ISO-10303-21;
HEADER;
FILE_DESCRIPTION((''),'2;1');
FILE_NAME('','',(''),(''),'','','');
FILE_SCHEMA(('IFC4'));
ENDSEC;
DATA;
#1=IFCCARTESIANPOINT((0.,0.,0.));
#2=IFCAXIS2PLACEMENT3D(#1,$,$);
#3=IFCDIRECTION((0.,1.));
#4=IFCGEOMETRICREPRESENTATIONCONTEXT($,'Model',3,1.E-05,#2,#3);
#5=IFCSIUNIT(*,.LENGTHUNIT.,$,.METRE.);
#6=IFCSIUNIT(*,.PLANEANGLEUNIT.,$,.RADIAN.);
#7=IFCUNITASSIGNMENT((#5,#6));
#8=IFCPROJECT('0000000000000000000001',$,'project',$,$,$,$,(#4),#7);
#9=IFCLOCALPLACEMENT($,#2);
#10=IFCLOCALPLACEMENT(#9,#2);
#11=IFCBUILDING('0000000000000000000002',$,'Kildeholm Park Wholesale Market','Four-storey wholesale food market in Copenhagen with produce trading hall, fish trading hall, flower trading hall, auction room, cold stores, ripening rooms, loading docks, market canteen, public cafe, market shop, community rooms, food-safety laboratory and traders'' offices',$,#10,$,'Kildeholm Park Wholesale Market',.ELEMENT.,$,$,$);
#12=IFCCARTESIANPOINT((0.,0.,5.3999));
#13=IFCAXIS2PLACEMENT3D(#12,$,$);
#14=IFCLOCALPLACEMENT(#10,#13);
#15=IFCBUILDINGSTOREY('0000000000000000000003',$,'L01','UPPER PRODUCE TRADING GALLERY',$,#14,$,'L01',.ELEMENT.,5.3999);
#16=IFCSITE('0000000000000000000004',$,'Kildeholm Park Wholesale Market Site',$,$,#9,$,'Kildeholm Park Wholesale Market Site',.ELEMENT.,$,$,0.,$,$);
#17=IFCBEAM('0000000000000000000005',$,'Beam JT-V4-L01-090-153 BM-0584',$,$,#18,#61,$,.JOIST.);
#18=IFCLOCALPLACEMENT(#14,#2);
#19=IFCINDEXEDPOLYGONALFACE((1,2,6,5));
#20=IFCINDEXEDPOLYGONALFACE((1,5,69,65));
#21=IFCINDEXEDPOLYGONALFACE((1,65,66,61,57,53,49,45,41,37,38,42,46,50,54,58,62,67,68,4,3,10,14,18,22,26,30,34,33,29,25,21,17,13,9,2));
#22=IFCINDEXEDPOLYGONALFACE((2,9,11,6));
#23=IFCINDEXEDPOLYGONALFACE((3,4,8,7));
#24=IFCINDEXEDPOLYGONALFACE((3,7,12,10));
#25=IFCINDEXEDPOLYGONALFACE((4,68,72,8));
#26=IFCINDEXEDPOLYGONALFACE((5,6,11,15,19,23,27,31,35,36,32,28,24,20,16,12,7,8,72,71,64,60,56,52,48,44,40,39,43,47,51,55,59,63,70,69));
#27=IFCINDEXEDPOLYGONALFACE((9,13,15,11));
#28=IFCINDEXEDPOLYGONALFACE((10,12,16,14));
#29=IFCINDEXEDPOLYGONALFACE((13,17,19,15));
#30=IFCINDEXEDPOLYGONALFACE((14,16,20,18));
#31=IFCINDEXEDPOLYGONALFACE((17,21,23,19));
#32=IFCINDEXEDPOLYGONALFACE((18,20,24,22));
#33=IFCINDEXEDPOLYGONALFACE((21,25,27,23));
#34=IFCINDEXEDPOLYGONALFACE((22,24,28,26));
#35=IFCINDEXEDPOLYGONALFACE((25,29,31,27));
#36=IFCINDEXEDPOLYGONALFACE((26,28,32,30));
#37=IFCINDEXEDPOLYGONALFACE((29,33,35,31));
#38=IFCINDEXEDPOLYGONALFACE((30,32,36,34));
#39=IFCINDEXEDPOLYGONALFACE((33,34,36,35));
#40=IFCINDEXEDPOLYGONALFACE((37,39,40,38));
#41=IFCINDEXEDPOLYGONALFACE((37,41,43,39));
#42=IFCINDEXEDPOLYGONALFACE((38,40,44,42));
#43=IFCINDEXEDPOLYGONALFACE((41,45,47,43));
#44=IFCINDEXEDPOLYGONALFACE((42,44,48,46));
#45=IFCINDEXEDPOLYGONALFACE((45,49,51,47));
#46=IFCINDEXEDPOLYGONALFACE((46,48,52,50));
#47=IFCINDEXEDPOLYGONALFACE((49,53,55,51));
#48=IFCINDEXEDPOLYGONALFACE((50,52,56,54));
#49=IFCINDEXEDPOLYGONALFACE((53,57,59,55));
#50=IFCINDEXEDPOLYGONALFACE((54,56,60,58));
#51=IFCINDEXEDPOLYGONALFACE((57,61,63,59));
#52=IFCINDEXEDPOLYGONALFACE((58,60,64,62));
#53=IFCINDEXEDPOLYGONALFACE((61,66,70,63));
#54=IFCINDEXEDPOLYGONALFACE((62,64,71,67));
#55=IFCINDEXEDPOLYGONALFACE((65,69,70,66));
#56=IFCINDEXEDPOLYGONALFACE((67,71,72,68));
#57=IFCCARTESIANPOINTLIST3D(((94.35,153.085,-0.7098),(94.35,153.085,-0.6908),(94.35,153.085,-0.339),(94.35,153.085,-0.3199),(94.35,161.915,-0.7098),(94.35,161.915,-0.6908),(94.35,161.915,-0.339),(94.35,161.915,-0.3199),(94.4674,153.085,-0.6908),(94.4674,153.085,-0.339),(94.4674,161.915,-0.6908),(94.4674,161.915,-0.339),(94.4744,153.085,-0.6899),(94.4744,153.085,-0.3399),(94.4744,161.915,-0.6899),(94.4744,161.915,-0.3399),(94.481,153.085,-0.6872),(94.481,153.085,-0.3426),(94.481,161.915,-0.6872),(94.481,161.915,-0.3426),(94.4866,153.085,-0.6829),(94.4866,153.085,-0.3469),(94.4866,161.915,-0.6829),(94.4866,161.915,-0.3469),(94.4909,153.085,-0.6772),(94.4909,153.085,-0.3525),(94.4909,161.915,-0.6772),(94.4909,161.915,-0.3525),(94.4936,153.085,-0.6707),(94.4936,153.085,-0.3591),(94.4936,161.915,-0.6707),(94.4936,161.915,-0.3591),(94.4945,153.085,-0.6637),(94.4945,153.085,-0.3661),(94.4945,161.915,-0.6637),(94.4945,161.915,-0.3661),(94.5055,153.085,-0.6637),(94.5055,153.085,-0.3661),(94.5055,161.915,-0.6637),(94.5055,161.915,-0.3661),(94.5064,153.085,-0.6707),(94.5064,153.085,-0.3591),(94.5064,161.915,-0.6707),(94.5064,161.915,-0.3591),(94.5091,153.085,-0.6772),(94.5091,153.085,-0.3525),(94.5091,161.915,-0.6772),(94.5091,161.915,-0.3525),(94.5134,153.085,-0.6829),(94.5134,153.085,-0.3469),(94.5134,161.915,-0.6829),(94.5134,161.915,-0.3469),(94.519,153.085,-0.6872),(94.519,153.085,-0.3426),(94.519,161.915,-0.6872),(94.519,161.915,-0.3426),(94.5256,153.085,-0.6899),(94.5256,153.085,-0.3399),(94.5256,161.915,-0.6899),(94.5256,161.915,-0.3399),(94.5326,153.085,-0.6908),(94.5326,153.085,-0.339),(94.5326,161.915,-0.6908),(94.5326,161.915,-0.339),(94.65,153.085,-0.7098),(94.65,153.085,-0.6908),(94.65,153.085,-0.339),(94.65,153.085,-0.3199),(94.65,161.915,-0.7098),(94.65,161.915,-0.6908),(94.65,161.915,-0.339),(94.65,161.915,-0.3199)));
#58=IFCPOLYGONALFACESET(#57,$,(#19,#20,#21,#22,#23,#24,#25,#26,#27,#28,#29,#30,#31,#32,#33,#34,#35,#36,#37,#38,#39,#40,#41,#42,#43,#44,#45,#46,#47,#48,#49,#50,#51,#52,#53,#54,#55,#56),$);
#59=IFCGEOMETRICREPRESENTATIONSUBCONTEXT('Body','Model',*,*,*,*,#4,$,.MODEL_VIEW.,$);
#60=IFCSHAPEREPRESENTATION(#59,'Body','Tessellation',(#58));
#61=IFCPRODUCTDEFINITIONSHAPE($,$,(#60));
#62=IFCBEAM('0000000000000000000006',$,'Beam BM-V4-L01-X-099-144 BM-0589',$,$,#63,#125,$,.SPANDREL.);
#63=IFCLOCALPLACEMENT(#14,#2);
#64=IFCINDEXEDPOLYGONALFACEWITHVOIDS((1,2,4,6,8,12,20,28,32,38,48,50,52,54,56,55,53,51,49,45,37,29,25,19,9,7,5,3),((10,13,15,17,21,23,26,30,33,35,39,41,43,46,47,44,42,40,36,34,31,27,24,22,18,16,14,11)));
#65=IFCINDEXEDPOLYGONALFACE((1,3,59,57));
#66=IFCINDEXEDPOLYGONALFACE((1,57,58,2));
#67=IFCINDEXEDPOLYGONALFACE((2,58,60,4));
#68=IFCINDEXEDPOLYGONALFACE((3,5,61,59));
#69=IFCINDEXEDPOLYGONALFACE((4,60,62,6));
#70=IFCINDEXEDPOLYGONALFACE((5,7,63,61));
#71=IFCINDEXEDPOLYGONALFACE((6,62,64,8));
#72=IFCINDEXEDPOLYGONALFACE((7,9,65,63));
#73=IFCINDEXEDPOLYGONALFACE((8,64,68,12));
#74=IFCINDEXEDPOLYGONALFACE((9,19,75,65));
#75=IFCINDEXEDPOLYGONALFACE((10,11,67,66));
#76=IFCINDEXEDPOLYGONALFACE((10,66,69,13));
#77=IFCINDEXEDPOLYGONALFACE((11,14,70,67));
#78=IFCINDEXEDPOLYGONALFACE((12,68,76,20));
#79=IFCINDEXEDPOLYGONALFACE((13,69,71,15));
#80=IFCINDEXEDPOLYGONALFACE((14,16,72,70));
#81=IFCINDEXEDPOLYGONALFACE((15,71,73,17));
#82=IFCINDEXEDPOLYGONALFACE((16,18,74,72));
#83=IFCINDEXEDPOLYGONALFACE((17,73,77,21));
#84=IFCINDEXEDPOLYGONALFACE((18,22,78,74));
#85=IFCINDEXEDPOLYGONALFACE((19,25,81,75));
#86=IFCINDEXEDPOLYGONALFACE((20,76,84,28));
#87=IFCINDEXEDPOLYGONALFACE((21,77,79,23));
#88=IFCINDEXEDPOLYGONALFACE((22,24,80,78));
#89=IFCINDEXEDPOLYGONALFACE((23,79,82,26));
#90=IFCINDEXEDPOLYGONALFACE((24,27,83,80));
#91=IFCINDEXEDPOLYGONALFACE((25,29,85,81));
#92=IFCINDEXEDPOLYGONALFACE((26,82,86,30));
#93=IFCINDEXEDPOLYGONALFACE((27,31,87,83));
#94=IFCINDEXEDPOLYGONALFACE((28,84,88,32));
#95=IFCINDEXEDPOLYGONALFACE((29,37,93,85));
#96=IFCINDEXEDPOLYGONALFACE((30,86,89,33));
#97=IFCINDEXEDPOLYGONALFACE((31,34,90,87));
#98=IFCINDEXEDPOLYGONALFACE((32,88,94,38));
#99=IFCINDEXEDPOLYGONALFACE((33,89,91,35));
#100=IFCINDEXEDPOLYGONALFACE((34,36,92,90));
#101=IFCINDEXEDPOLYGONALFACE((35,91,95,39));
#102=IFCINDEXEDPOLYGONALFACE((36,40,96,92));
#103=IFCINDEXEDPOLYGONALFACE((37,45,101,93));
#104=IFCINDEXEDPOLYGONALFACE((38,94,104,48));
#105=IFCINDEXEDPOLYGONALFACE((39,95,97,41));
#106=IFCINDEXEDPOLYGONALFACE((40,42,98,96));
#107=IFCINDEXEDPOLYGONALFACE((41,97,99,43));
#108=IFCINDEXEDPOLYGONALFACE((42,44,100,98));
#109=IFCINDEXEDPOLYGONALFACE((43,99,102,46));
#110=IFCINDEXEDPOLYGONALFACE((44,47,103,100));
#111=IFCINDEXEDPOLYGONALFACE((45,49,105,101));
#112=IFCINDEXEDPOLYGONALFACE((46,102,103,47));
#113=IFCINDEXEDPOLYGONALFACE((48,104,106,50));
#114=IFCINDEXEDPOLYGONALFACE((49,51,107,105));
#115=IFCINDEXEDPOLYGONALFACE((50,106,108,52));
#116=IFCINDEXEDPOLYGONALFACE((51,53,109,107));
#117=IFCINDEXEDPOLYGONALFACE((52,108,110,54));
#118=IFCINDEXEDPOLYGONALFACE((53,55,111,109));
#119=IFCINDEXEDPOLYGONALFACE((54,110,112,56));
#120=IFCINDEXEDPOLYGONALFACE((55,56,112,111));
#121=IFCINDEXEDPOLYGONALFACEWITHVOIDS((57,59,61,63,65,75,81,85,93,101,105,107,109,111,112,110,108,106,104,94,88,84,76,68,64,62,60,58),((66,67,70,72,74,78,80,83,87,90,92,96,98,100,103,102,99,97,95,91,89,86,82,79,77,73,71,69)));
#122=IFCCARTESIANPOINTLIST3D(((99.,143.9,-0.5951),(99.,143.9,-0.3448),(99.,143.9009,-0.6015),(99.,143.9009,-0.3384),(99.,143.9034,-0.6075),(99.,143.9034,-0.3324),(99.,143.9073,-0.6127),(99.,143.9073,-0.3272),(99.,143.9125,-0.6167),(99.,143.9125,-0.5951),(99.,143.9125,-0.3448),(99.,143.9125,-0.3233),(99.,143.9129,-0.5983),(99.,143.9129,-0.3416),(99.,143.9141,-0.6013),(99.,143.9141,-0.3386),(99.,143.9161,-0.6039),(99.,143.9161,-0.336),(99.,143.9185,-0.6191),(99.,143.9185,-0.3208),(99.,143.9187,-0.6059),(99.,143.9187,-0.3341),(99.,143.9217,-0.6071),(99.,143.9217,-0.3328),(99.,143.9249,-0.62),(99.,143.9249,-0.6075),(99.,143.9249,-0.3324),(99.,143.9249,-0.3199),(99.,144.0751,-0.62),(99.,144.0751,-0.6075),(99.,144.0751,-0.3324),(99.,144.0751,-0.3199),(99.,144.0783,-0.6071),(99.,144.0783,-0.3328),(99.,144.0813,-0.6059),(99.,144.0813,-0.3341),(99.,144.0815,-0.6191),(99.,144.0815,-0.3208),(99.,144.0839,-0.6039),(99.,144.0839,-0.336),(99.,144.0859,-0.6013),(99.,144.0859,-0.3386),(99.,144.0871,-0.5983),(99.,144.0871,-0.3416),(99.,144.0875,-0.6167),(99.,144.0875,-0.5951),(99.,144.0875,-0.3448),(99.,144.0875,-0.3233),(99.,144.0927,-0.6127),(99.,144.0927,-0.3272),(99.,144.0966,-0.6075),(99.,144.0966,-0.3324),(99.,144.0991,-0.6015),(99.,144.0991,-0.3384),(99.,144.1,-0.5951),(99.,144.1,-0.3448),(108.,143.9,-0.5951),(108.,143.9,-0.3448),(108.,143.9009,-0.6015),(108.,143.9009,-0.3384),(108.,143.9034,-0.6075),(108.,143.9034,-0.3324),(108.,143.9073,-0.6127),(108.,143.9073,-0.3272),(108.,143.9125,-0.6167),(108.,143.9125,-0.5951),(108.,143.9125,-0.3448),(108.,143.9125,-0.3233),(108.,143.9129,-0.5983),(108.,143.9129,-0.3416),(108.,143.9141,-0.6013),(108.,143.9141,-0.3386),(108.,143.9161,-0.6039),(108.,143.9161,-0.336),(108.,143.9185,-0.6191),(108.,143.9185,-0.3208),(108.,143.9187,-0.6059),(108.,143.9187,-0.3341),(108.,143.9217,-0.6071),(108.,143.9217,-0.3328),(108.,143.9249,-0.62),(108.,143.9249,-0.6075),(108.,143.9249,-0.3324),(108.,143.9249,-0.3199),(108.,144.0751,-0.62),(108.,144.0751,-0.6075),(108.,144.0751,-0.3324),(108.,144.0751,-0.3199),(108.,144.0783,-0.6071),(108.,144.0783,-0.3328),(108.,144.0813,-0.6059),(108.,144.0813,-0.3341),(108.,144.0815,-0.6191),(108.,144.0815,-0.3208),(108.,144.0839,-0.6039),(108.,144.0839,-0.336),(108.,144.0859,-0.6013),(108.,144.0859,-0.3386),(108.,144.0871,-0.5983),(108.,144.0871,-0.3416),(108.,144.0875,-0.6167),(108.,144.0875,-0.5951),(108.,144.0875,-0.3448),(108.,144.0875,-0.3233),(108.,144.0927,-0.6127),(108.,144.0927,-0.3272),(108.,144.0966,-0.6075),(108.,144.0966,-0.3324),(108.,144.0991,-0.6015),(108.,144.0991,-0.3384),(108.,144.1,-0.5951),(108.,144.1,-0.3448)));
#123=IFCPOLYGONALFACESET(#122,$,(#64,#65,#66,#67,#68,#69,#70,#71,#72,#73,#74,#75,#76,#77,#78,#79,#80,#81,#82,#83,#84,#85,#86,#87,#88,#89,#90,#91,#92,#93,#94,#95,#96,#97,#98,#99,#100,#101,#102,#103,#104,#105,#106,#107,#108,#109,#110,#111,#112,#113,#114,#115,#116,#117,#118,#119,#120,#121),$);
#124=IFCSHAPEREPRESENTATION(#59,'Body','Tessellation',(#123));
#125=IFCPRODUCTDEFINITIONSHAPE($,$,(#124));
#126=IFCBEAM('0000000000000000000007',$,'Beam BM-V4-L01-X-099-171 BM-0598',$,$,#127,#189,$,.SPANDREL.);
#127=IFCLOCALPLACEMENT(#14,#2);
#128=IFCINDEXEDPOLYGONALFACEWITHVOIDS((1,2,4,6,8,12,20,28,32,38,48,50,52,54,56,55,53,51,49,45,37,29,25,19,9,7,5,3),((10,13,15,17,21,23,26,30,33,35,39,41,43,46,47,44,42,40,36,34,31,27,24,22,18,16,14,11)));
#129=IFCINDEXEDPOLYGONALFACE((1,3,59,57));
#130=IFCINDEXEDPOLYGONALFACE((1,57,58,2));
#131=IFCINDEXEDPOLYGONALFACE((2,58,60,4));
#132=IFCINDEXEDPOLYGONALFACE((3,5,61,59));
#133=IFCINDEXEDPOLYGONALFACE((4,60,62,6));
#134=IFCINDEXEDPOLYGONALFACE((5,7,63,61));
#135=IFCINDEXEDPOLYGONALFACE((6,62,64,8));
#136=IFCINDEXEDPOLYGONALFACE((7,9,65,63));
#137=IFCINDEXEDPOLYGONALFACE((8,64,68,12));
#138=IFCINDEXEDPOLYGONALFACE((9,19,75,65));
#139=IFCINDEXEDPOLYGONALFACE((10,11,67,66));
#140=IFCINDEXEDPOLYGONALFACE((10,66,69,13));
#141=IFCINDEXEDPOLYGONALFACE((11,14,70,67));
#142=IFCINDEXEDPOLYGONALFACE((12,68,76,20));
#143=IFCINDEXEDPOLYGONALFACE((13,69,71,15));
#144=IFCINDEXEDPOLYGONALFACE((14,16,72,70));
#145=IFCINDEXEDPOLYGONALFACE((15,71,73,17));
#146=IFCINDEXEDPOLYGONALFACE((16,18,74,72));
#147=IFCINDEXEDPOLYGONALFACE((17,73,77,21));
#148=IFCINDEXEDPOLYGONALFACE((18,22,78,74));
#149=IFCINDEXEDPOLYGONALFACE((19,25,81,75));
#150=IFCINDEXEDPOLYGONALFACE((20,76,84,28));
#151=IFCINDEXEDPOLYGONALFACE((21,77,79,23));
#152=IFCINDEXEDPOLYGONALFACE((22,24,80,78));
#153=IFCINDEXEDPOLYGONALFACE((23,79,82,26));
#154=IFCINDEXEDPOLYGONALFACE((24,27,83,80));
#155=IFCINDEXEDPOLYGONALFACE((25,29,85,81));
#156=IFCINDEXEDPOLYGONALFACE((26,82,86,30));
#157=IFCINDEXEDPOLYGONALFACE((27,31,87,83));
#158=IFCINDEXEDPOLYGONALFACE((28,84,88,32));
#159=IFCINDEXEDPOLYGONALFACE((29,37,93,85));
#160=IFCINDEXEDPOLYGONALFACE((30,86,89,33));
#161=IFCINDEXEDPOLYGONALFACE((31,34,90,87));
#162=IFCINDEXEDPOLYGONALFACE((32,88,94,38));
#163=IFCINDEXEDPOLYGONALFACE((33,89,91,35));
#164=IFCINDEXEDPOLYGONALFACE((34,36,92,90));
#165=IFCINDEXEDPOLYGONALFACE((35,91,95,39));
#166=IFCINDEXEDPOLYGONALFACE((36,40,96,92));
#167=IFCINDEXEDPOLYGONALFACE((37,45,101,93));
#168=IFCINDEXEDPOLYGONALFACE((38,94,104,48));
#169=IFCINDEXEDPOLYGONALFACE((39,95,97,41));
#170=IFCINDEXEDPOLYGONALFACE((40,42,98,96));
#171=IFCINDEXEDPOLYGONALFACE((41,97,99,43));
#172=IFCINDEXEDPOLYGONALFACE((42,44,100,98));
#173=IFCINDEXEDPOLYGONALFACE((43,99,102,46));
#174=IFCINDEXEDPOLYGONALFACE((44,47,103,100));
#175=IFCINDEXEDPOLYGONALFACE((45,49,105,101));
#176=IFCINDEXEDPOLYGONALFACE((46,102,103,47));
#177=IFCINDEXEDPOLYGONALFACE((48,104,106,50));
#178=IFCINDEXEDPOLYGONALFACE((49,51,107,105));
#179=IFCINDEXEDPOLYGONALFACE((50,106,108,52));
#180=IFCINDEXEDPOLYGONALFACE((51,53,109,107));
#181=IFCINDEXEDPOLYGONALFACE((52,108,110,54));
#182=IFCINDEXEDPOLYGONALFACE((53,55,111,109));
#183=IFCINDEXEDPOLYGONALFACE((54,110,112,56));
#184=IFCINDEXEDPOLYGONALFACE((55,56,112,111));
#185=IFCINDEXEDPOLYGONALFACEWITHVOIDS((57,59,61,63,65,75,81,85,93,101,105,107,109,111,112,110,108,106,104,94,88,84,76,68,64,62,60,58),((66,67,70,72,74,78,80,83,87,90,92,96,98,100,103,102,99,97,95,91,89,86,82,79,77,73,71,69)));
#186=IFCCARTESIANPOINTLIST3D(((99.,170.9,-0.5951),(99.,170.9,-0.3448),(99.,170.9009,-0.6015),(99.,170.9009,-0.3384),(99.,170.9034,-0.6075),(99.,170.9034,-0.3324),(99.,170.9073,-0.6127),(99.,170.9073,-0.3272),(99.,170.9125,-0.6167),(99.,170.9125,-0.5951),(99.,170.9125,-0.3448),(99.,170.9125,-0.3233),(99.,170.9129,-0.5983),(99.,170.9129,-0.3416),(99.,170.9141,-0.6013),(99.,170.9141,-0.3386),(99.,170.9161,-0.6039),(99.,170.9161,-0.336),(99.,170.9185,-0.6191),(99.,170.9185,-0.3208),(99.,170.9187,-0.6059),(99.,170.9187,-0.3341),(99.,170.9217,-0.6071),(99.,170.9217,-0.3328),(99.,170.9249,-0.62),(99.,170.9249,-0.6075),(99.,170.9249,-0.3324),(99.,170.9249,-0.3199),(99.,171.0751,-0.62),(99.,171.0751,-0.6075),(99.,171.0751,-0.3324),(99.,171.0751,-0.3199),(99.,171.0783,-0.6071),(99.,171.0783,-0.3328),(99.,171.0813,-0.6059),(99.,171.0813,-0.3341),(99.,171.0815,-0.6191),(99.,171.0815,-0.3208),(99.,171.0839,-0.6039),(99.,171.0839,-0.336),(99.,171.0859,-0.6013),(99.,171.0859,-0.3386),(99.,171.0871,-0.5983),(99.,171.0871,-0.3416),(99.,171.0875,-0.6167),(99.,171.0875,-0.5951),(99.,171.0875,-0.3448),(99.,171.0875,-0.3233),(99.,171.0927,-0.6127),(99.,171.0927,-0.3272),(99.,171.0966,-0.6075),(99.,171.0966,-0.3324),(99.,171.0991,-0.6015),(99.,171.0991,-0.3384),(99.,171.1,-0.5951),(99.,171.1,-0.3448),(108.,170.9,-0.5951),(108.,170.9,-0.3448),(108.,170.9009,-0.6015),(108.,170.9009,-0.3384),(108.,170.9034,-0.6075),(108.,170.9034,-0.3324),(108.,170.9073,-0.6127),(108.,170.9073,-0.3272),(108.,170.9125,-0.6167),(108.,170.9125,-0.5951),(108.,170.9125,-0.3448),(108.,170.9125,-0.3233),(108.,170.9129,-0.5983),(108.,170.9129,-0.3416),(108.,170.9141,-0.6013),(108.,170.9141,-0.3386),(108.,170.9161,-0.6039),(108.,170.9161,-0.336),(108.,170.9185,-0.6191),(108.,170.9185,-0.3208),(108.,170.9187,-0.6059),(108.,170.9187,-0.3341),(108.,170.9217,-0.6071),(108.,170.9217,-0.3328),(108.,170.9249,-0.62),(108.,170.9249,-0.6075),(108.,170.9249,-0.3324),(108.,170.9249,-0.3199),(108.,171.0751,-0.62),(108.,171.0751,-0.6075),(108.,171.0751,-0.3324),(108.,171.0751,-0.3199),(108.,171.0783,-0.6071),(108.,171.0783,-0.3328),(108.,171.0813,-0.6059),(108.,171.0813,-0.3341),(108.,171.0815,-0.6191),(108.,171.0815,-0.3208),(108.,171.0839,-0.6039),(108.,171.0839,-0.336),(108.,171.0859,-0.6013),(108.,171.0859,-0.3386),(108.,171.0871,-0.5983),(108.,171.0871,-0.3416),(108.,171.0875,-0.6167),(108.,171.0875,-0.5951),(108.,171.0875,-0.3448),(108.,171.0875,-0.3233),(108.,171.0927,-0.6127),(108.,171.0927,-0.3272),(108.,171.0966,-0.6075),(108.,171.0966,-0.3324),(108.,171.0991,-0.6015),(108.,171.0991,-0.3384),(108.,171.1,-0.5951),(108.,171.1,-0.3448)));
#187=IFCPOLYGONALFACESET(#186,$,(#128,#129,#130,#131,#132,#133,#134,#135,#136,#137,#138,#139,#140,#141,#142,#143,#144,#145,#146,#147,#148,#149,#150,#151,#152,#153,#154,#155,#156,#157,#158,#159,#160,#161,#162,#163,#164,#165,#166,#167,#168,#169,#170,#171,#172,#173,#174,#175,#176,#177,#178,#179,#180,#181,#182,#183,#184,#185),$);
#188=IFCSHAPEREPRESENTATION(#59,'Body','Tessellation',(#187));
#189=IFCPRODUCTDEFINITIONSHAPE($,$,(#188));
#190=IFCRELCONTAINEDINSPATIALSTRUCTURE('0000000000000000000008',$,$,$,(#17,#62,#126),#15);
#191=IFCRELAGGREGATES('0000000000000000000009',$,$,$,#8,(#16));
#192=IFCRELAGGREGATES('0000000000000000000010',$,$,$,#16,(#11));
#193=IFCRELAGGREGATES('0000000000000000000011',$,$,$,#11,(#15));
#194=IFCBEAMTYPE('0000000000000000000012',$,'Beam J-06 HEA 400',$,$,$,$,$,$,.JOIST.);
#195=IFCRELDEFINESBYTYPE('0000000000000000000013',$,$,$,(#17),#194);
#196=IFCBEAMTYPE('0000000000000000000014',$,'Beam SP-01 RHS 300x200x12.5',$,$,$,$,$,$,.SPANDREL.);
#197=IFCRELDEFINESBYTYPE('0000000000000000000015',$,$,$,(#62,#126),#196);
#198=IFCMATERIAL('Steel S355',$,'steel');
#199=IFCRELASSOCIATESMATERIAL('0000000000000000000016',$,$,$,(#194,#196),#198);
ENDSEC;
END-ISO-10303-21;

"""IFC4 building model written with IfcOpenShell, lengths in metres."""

from ifc_helpers import new_model, si_unit, direction, frame, origin, origin_2d, place, context, subcontext, project, spatial, hollow_rectangle, i_section, extrude, material, material_profile, profile_set, type_object, element, save


model = new_model("IFC4")

# Units and contexts
model_context = context("Model", 3, precision=1e-05, world=origin(), true_north=direction((0.0, 1.0)))
body_context = subcontext(model_context, "Body", "Model", "MODEL_VIEW")
ifc_project = project(units=[si_unit("LENGTHUNIT", "METRE"), si_unit("PLANEANGLEUNIT", "RADIAN")], contexts=[model_context])

# Site, building, storey
site_placement = place(None, origin())
site = spatial("IfcSite", under=ifc_project, at=site_placement, Name="Kildeholm Park Wholesale Market Site", LongName="Kildeholm Park Wholesale Market Site", CompositionType="ELEMENT", RefElevation=0.0)
building_placement = place(site_placement, origin())
building = spatial("IfcBuilding", under=site, at=building_placement, Name="Kildeholm Park Wholesale Market", Description="Four-storey wholesale food market in Copenhagen with produce trading hall, fish trading hall, flower trading hall, auction room, cold stores, ripening rooms, loading docks, market canteen, public cafe, market shop, community rooms, food-safety laboratory and traders' offices", LongName="Kildeholm Park Wholesale Market", CompositionType="ELEMENT")
storey_placement = place(building_placement, frame((0.0, 0.0, 5.3999)))
storey = spatial("IfcBuildingStorey", under=building, at=storey_placement, Name="L01", Description="UPPER PRODUCE TRADING GALLERY", LongName="L01", CompositionType="ELEMENT", Elevation=5.3999)

# Beams
ifc_material_1 = material(Name="Steel S355", Category="steel")
ifc_material_profile_1 = material_profile(ifc_material_1, i_section(OverallWidth=0.3, OverallDepth=0.3899, WebThickness=0.011, FlangeThickness=0.019, FilletRadius=0.0271, at=origin_2d()), Name="HEA 400")
ifc_profile_set_1 = profile_set([ifc_material_profile_1], Name="Steel S355")
beam_type_1 = type_object("IfcBeamType", Name="Beam J-06 HEA 400", PredefinedType="JOIST", material=ifc_profile_set_1)
beam_1_placement = place(storey_placement, frame((94.5, 153.085, -0.5149), z_axis=(0.0, 1.0, 0.0), x_axis=(-1.0, 0.0, 0.0)))
element("IfcBeam", 1, at=beam_1_placement, inside=storey, type_object=beam_type_1, Name="Beam JT-V4-L01-090-153 BM-0584", PredefinedType="JOIST", context=body_context, shape_type="SweptSolid", body=[
    extrude(i_section(OverallWidth=0.3, OverallDepth=0.3899, WebThickness=0.011, FlangeThickness=0.019, FilletRadius=0.0271, at=origin_2d()), origin(), (0.0, 0.0, 1.0), 8.8301),
])
ifc_material_profile_2 = material_profile(ifc_material_1, hollow_rectangle(XDim=0.2, YDim=0.3, WallThickness=0.0125, InnerFilletRadius=0.0125, OuterFilletRadius=0.0249, at=origin_2d()), Name="RHS 300x200x12.5")
ifc_profile_set_2 = profile_set([ifc_material_profile_2], Name="Steel S355")
beam_type_2 = type_object("IfcBeamType", Name="Beam SP-01 RHS 300x200x12.5", PredefinedType="SPANDREL", material=ifc_profile_set_2)
for number, where, z_axis, x_axis, name in (
    (2, (99.0, 144.0, -0.47), (1.0, 0.0, 0.0), (0.0, 1.0, 0.0), "Beam BM-V4-L01-X-099-144 BM-0589"),
    (3, (99.0, 171.0, -0.47), (1.0, 0.0, 0.0), (0.0, 1.0, 0.0), "Beam BM-V4-L01-X-099-171 BM-0598"),
):
    element("IfcBeam", number, at=place(storey_placement, frame(where, z_axis=z_axis, x_axis=x_axis)), inside=storey, type_object=beam_type_2, Name=name, PredefinedType="SPANDREL", context=body_context, shape_type="SweptSolid", body=[
        extrude(hollow_rectangle(XDim=0.2, YDim=0.3, WallThickness=0.0125, InnerFilletRadius=0.0125, OuterFilletRadius=0.0249, at=origin_2d()), origin(), (0.0, 0.0, 1.0), 9.0),
    ])

save(model, "model.ifc")
